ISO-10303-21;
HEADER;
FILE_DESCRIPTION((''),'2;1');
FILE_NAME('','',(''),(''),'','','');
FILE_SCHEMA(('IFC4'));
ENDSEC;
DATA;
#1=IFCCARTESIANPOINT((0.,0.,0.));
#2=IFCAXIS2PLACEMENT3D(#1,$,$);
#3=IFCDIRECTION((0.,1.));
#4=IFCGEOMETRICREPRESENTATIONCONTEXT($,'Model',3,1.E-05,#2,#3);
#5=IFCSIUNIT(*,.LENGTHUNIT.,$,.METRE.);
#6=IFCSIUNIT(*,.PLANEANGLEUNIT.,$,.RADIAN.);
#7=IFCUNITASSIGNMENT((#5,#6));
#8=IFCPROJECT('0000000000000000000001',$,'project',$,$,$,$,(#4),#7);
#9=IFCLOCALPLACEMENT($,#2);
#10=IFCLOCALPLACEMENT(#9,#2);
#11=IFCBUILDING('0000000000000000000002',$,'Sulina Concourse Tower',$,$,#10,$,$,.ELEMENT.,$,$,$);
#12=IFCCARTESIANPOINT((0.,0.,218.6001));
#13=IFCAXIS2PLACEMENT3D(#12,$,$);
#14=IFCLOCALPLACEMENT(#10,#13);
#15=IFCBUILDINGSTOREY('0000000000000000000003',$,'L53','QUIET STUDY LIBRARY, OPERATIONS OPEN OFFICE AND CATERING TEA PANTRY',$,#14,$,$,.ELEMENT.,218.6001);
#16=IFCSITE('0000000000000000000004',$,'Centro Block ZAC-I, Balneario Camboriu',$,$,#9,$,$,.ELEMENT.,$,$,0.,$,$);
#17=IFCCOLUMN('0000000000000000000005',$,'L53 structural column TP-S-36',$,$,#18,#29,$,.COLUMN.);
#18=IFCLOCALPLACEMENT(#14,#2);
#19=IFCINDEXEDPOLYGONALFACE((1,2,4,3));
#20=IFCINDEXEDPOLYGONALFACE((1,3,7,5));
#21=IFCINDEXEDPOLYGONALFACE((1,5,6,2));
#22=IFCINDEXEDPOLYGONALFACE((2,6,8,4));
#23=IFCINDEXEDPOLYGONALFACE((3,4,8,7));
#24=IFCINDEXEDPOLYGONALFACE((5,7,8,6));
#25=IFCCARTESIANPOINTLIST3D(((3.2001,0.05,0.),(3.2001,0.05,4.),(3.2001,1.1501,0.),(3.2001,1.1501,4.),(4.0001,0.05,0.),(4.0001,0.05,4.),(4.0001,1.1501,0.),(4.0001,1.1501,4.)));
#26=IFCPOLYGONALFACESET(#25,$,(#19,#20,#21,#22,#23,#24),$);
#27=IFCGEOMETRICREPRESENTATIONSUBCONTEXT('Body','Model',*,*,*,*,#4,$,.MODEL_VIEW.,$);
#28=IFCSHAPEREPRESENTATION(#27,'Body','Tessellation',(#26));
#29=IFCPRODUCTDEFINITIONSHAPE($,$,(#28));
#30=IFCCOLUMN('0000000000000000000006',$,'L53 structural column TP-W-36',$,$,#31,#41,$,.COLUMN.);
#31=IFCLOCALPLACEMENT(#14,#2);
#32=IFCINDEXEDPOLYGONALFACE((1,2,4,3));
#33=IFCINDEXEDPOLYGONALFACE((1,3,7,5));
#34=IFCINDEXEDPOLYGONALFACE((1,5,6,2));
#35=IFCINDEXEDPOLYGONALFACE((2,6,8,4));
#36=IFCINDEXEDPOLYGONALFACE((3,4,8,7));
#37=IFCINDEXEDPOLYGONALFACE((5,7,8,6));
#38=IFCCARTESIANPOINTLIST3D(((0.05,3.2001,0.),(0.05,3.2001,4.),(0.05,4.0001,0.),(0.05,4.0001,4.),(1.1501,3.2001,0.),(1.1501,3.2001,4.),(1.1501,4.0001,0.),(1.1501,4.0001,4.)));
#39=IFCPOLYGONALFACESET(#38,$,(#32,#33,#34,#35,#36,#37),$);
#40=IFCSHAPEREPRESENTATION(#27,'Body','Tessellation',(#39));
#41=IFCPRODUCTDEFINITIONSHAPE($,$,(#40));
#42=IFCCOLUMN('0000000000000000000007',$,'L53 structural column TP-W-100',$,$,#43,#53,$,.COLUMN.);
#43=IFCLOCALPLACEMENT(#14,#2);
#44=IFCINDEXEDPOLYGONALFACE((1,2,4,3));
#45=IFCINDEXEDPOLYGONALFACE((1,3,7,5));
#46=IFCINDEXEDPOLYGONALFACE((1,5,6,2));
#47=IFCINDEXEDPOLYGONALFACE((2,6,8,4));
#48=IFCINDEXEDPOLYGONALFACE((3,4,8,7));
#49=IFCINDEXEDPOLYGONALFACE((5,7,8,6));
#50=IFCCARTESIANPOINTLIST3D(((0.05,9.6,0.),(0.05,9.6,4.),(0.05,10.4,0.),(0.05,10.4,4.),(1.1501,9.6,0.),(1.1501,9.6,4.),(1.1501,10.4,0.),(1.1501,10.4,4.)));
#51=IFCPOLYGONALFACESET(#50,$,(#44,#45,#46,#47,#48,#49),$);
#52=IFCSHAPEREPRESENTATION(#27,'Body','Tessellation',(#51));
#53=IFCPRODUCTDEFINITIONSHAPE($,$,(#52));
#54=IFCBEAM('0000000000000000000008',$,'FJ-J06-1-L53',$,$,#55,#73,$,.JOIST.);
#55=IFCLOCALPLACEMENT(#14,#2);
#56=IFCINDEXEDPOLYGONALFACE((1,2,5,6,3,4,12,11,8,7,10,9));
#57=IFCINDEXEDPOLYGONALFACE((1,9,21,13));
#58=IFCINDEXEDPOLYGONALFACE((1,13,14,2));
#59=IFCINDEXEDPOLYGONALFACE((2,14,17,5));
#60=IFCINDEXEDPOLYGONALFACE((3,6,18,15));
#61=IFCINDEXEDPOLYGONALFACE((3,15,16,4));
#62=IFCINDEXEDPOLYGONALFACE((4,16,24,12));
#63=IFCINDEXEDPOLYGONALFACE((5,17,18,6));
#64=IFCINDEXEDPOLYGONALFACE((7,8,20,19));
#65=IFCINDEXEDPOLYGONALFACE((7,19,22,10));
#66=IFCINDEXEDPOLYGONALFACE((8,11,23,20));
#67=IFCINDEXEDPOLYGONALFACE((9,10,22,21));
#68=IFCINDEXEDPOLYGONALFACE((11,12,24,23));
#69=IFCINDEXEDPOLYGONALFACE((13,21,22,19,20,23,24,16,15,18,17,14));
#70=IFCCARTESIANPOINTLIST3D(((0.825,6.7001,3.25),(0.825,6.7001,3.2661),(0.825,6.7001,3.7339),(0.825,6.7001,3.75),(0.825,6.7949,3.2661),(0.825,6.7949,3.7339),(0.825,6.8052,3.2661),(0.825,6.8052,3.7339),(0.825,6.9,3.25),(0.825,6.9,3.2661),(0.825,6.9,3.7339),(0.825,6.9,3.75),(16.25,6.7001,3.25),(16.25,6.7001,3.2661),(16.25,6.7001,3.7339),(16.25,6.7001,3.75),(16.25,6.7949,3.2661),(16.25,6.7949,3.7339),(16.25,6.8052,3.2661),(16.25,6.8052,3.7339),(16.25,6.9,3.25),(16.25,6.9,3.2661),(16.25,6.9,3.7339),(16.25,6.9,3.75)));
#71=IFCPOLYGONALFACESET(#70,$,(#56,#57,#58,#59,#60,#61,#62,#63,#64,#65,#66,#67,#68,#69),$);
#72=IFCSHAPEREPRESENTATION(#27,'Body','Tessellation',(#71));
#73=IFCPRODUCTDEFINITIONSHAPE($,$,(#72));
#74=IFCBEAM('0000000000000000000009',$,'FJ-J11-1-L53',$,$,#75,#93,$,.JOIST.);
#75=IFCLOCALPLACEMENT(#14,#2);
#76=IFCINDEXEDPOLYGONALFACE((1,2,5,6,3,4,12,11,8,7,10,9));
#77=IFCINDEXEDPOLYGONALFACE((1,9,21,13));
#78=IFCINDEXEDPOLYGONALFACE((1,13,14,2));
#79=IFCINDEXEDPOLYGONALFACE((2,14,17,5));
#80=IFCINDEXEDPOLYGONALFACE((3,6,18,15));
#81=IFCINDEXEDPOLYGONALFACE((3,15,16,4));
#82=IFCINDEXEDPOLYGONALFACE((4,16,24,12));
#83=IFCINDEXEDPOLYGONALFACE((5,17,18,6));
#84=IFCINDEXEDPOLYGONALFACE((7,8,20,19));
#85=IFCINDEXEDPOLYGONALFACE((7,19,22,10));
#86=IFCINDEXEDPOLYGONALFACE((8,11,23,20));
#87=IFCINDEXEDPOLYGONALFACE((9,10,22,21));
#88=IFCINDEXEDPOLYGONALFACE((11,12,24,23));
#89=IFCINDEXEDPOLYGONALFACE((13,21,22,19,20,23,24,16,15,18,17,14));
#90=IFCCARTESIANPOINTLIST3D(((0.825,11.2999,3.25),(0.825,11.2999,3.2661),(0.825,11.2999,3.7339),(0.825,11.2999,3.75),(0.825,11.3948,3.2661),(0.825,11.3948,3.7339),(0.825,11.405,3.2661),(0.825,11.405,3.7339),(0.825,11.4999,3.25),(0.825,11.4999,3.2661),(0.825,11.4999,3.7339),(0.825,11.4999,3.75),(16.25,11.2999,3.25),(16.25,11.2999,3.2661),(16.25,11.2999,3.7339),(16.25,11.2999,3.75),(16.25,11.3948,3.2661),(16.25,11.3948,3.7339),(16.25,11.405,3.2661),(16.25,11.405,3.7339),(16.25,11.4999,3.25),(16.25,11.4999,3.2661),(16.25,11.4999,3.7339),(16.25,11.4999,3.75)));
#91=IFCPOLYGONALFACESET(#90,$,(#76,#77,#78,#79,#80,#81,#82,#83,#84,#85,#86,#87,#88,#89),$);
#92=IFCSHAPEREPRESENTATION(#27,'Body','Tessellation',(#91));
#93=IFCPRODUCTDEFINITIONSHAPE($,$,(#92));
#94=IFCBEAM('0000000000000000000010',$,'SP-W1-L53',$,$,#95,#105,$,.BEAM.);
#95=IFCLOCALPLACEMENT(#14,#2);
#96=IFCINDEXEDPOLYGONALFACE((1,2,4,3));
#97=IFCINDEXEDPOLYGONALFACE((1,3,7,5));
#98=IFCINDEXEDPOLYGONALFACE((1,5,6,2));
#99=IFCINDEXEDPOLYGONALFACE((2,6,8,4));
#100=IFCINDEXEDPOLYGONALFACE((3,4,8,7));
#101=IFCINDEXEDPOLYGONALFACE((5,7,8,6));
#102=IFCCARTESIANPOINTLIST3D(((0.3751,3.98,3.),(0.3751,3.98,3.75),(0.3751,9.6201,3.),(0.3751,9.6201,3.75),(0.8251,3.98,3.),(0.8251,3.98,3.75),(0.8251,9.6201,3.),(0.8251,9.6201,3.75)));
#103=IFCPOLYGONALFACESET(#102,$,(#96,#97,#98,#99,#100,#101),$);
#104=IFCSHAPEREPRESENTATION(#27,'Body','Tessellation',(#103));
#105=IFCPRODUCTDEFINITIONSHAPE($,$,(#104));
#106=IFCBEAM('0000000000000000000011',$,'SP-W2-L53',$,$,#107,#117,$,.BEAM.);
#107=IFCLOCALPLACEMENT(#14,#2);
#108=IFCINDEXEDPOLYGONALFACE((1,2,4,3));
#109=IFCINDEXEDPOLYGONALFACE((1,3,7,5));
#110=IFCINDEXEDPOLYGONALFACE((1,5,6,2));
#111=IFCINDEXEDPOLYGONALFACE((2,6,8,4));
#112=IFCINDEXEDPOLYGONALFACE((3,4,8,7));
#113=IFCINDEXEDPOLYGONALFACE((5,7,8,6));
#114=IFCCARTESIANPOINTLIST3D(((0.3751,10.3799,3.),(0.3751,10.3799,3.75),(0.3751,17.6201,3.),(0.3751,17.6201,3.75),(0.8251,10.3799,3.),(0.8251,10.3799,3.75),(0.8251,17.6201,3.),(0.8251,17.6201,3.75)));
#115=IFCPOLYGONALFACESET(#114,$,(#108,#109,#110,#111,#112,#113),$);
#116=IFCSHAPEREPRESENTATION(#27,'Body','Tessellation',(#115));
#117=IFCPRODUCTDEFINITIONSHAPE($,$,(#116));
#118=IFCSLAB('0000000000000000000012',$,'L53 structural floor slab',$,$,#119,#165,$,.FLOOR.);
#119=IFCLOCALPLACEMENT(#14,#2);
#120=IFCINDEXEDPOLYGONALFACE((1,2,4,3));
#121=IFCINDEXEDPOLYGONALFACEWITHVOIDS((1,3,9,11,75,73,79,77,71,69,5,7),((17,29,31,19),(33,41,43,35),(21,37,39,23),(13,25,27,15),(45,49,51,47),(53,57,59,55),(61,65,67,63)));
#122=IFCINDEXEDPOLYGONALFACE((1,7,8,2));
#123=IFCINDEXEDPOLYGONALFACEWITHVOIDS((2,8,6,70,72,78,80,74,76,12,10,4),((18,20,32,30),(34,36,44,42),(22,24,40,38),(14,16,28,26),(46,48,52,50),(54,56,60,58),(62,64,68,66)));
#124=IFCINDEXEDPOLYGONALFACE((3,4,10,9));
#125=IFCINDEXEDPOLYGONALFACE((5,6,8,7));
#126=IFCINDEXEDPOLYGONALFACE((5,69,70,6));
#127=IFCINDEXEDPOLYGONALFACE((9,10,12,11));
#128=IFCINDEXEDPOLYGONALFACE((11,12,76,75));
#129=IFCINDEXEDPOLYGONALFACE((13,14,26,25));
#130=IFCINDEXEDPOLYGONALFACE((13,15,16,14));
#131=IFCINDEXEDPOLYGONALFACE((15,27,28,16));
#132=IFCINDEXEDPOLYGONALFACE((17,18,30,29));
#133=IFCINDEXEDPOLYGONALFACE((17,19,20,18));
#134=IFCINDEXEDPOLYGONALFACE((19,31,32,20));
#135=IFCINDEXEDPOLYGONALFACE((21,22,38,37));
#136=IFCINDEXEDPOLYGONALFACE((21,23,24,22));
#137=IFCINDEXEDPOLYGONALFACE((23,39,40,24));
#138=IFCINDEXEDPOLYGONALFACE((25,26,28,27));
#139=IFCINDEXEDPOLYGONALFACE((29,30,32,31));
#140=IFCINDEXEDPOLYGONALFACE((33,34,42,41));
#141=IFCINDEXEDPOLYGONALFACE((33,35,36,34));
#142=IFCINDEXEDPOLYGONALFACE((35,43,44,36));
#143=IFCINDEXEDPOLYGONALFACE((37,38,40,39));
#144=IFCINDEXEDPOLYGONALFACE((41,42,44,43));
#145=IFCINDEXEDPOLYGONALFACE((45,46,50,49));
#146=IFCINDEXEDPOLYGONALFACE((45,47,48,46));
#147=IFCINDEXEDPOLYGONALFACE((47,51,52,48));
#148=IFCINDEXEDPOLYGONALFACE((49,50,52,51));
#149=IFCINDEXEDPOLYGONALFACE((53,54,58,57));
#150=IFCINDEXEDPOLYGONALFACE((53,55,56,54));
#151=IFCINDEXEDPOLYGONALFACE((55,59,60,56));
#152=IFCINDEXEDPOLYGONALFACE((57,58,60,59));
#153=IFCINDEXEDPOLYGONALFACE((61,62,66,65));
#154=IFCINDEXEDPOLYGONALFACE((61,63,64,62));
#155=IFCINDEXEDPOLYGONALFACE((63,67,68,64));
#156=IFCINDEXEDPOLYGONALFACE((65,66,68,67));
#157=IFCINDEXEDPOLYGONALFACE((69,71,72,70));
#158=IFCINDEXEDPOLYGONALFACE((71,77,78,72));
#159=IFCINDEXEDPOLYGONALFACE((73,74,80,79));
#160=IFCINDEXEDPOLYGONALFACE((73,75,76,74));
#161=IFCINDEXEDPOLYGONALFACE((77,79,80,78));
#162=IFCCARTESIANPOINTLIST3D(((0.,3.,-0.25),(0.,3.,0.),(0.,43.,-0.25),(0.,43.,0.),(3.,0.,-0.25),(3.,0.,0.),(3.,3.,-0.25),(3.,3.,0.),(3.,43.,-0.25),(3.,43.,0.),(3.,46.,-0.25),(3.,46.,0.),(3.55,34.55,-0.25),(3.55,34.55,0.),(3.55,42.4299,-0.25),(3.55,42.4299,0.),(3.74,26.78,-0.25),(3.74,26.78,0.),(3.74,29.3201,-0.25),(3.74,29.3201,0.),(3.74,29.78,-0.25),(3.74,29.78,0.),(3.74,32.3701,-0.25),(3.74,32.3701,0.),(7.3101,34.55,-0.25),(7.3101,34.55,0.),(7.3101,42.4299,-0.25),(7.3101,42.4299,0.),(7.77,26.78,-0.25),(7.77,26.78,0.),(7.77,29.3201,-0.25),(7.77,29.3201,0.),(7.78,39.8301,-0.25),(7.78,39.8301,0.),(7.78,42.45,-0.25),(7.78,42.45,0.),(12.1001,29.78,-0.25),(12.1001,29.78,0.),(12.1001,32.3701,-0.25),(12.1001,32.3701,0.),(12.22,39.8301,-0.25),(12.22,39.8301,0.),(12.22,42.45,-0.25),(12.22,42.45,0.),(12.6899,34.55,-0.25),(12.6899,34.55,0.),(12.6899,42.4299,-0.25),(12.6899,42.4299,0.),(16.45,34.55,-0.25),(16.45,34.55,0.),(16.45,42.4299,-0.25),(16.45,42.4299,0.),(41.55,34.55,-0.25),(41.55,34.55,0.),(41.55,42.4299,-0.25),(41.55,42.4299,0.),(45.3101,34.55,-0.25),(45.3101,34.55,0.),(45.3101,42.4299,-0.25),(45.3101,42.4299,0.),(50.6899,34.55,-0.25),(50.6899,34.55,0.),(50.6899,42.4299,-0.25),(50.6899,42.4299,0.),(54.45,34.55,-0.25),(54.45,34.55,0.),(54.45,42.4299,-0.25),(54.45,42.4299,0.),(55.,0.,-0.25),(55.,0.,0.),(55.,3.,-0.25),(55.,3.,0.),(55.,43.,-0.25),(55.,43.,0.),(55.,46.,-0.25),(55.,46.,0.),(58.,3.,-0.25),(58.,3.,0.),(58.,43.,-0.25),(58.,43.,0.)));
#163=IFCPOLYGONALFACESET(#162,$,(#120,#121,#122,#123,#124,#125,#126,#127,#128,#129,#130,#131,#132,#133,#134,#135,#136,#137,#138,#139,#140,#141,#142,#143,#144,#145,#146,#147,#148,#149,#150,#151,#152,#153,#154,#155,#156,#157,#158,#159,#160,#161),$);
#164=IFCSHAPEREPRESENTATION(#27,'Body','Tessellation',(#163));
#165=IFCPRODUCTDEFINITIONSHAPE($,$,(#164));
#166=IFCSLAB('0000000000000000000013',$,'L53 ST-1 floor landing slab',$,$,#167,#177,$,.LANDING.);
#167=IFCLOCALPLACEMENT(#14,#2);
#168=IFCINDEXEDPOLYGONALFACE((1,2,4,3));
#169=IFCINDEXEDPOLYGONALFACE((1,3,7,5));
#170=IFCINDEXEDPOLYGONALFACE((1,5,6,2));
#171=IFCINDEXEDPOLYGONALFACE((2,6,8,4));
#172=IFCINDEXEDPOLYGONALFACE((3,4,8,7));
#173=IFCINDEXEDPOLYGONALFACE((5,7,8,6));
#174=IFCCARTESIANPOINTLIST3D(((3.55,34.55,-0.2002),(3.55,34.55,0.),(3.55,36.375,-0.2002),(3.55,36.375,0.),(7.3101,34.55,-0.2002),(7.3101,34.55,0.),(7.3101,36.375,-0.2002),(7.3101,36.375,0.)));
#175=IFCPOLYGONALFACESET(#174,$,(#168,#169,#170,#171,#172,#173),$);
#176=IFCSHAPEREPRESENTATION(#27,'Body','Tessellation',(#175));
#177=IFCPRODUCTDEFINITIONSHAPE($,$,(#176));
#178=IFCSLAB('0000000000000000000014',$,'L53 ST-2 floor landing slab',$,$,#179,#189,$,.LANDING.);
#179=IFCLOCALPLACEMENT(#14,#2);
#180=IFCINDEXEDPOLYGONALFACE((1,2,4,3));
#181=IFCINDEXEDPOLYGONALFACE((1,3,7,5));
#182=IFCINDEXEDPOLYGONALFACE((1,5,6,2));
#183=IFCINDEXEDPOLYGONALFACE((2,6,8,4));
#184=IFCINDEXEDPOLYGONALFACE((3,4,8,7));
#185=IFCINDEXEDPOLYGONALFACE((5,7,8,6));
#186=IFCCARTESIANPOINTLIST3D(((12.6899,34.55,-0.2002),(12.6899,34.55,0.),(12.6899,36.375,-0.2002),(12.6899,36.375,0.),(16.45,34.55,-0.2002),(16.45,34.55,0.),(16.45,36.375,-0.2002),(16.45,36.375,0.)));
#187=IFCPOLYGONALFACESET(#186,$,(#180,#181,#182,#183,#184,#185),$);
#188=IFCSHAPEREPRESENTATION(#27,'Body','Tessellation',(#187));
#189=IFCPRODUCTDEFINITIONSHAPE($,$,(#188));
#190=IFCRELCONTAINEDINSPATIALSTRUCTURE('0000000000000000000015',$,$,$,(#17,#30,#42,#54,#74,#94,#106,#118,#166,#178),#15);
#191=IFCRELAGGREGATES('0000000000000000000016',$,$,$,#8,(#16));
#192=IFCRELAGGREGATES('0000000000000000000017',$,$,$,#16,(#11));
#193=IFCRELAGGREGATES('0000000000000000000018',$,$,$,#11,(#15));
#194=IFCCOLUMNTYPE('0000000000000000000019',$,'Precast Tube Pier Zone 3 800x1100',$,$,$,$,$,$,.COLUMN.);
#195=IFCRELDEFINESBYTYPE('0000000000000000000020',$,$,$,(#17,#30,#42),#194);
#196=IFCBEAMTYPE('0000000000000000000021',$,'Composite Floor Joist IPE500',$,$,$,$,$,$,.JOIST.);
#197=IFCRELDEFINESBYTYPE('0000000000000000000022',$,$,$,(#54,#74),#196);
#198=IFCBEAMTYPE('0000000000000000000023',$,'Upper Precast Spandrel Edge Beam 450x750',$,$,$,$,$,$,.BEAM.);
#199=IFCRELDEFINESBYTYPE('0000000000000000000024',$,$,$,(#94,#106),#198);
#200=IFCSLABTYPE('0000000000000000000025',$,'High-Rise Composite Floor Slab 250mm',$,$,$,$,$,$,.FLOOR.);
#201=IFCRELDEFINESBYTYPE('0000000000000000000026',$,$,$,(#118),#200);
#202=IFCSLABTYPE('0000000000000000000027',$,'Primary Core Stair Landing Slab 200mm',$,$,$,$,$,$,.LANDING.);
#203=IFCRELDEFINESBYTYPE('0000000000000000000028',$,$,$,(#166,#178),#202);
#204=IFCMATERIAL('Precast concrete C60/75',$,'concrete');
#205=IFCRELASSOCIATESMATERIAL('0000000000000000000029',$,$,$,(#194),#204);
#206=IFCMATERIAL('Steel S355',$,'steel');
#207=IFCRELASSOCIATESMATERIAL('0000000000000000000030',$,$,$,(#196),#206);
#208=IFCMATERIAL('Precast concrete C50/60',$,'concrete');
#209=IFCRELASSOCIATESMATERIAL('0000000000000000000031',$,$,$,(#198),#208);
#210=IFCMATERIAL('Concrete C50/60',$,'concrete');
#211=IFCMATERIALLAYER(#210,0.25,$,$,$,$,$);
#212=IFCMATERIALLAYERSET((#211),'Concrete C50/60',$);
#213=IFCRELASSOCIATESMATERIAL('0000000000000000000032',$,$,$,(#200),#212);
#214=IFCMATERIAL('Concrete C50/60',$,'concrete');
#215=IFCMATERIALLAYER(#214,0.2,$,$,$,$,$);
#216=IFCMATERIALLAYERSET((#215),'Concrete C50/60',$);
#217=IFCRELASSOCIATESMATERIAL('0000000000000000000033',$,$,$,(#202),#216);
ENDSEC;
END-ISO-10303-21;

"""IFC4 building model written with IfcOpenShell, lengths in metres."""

from ifc_helpers import new_model, si_unit, direction, frame, origin, origin_2d, place, context, subcontext, project, spatial, polyline, rectangle, i_section, outline, extrude, material, layer, layer_set, material_profile, profile_set, type_object, element, save


model = new_model("IFC4")

# Units and contexts
model_context = context("Model", 3, precision=1e-05, world=origin(), true_north=direction((0.0, 1.0)))
body_context = subcontext(model_context, "Body", "Model", "MODEL_VIEW")
ifc_project = project(units=[si_unit("LENGTHUNIT", "METRE"), si_unit("PLANEANGLEUNIT", "RADIAN")], contexts=[model_context])

# Site, building, storey
site_placement = place(None, origin())
site = spatial("IfcSite", under=ifc_project, at=site_placement, Name="Centro Block ZAC-I, Balneario Camboriu", CompositionType="ELEMENT", RefElevation=0.0)
building_placement = place(site_placement, origin())
building = spatial("IfcBuilding", under=site, at=building_placement, Name="Sulina Concourse Tower", CompositionType="ELEMENT")
storey_placement = place(building_placement, frame((0.0, 0.0, 218.6001)))
storey = spatial("IfcBuildingStorey", under=building, at=storey_placement, Name="L53", Description="QUIET STUDY LIBRARY, OPERATIONS OPEN OFFICE AND CATERING TEA PANTRY", CompositionType="ELEMENT", Elevation=218.6001)

# Columns
ifc_material_1 = material(Name="Precast concrete C60/75", Category="concrete")
ifc_material_profile_1 = material_profile(ifc_material_1, rectangle(XDim=0.8, YDim=1.1001, at=origin_2d()), Name="PC 800x1100")
ifc_profile_set_1 = profile_set([ifc_material_profile_1], Name="Precast concrete C60/75")
column_type = type_object("IfcColumnType", Name="Precast Tube Pier Zone 3 800x1100", PredefinedType="COLUMN", material=ifc_profile_set_1)
for number, where, z_axis, x_axis, name in (
    (1, (3.6001, 0.6001, 0.0), (0.0, 0.0, 1.0), (1.0, 0.0, 0.0), "L53 structural column TP-S-36"),
    (2, (0.6001, 3.6001, 0.0), (0.0, 0.0, 1.0), (0.0, 1.0, 0.0), "L53 structural column TP-W-36"),
    (3, (0.6001, 10.0, 0.0), (0.0, 0.0, 1.0), (0.0, 1.0, 0.0), "L53 structural column TP-W-100"),
):
    element("IfcColumn", number, at=place(storey_placement, frame(where, z_axis=z_axis, x_axis=x_axis)), inside=storey, type_object=column_type, Name=name, PredefinedType="COLUMN", context=body_context, shape_type="SweptSolid", body=[
        extrude(rectangle(XDim=0.8, YDim=1.1001, at=origin_2d()), origin(), (0.0, 0.0, 1.0), 4.0),
    ])

# Beams
ifc_material_2 = material(Name="Steel S355", Category="steel")
ifc_material_profile_2 = material_profile(ifc_material_2, i_section(OverallWidth=0.2, OverallDepth=0.5, WebThickness=0.0103, FlangeThickness=0.0161, at=origin_2d()), Name="IPE 500")
ifc_profile_set_2 = profile_set([ifc_material_profile_2], Name="Steel S355")
beam_type_1 = type_object("IfcBeamType", Name="Composite Floor Joist IPE500", PredefinedType="JOIST", material=ifc_profile_set_2)
for number, where, z_axis, x_axis, name in (
    (4, (0.825, 6.8, 3.5), (1.0, 0.0, 0.0), (0.0, 1.0, 0.0), "FJ-J06-1-L53"),
    (5, (0.825, 11.3999, 3.5), (1.0, 0.0, 0.0), (0.0, 1.0, 0.0), "FJ-J11-1-L53"),
):
    element("IfcBeam", number, at=place(storey_placement, frame(where, z_axis=z_axis, x_axis=x_axis)), inside=storey, type_object=beam_type_1, Name=name, PredefinedType="JOIST", context=body_context, shape_type="SweptSolid", body=[
        extrude(i_section(OverallWidth=0.2, OverallDepth=0.5, WebThickness=0.0103, FlangeThickness=0.0161, at=origin_2d()), origin(), (0.0, 0.0, 1.0), 15.425),
    ])
ifc_material_3 = material(Name="Precast concrete C50/60", Category="concrete")
ifc_material_profile_3 = material_profile(ifc_material_3, rectangle(XDim=0.45, YDim=0.75, at=origin_2d()), Name="RC 450x750")
ifc_profile_set_3 = profile_set([ifc_material_profile_3], Name="Precast concrete C50/60")
beam_type_2 = type_object("IfcBeamType", Name="Upper Precast Spandrel Edge Beam 450x750", PredefinedType="BEAM", material=ifc_profile_set_3)
beam_1_placement = place(storey_placement, frame((0.6001, 3.98, 3.375), z_axis=(0.0, 1.0, 0.0), x_axis=(-1.0, 0.0, 0.0)))
element("IfcBeam", 6, at=beam_1_placement, inside=storey, type_object=beam_type_2, Name="SP-W1-L53", PredefinedType="BEAM", context=body_context, shape_type="SweptSolid", body=[
    extrude(rectangle(XDim=0.45, YDim=0.75, at=origin_2d()), origin(), (0.0, 0.0, 1.0), 5.6401),
])
beam_2_placement = place(storey_placement, frame((0.6001, 10.3799, 3.375), z_axis=(0.0, 1.0, 0.0), x_axis=(-1.0, 0.0, 0.0)))
element("IfcBeam", 7, at=beam_2_placement, inside=storey, type_object=beam_type_2, Name="SP-W2-L53", PredefinedType="BEAM", context=body_context, shape_type="SweptSolid", body=[
    extrude(rectangle(XDim=0.45, YDim=0.75, at=origin_2d()), origin(), (0.0, 0.0, 1.0), 7.2402),
])

# Slabs
ifc_material_4 = material(Name="Concrete C50/60", Category="concrete")
ifc_layer_1 = layer(ifc_material_4, 0.25)
ifc_layer_set_1 = layer_set([ifc_layer_1], Name="Concrete C50/60")
slab_type_1 = type_object("IfcSlabType", Name="High-Rise Composite Floor Slab 250mm", PredefinedType="FLOOR", material=ifc_layer_set_1)
slab_1_placement = place(storey_placement, frame((0.0, 0.0, -0.25)))
element("IfcSlab", 8, at=slab_1_placement, inside=storey, type_object=slab_type_1, Name="L53 structural floor slab", PredefinedType="FLOOR", context=body_context, shape_type="SweptSolid", body=[
    extrude(outline(polyline([(3.0, 0.0), (55.0, 0.0), (55.0, 3.0), (58.0, 3.0), (58.0, 43.0), (55.0, 43.0), (55.0, 46.0), (3.0, 46.0), (3.0, 43.0), (0.0, 43.0), (0.0, 3.0), (3.0, 3.0), (3.0, 0.0)]), holes=[polyline([(7.3101, 34.55), (7.3101, 42.4299), (3.55, 42.4299), (3.55, 34.55), (7.3101, 34.55)]), polyline([(16.45, 34.55), (16.45, 42.4299), (12.6899, 42.4299), (12.6899, 34.55), (16.45, 34.55)]), polyline([(45.3101, 34.55), (45.3101, 42.4299), (41.55, 42.4299), (41.55, 34.55), (45.3101, 34.55)]), polyline([(54.45, 34.55), (54.45, 42.4299), (50.6899, 42.4299), (50.6899, 34.55), (54.45, 34.55)]), polyline([(7.78, 39.8301), (12.22, 39.8301), (12.22, 42.45), (7.78, 42.45), (7.78, 39.8301)]), polyline([(3.74, 26.78), (7.77, 26.78), (7.77, 29.3201), (3.74, 29.3201), (3.74, 26.78)]), polyline([(3.74, 29.78), (12.1001, 29.78), (12.1001, 32.3701), (3.74, 32.3701), (3.74, 29.78)])]), origin(), (0.0, 0.0, 1.0), 0.25),
])
ifc_material_5 = material(Name="Concrete C50/60", Category="concrete")
ifc_layer_2 = layer(ifc_material_5, 0.2)
ifc_layer_set_2 = layer_set([ifc_layer_2], Name="Concrete C50/60")
slab_type_2 = type_object("IfcSlabType", Name="Primary Core Stair Landing Slab 200mm", PredefinedType="LANDING", material=ifc_layer_set_2)
slab_2_placement = place(storey_placement, frame((0.0, 0.0, -0.2002)))
element("IfcSlab", 9, at=slab_2_placement, inside=storey, type_object=slab_type_2, Name="L53 ST-1 floor landing slab", PredefinedType="LANDING", context=body_context, shape_type="SweptSolid", body=[
    extrude(outline(polyline([(7.3101, 34.55), (7.3101, 36.375), (3.55, 36.375), (3.55, 34.55), (7.3101, 34.55)])), origin(), (0.0, 0.0, 1.0), 0.2002),
])
slab_3_placement = place(storey_placement, frame((0.0, 0.0, -0.2002)))
element("IfcSlab", 10, at=slab_3_placement, inside=storey, type_object=slab_type_2, Name="L53 ST-2 floor landing slab", PredefinedType="LANDING", context=body_context, shape_type="SweptSolid", body=[
    extrude(outline(polyline([(16.45, 34.55), (16.45, 36.375), (12.6899, 36.375), (12.6899, 34.55), (16.45, 34.55)])), origin(), (0.0, 0.0, 1.0), 0.2002),
])

save(model, "model.ifc")
